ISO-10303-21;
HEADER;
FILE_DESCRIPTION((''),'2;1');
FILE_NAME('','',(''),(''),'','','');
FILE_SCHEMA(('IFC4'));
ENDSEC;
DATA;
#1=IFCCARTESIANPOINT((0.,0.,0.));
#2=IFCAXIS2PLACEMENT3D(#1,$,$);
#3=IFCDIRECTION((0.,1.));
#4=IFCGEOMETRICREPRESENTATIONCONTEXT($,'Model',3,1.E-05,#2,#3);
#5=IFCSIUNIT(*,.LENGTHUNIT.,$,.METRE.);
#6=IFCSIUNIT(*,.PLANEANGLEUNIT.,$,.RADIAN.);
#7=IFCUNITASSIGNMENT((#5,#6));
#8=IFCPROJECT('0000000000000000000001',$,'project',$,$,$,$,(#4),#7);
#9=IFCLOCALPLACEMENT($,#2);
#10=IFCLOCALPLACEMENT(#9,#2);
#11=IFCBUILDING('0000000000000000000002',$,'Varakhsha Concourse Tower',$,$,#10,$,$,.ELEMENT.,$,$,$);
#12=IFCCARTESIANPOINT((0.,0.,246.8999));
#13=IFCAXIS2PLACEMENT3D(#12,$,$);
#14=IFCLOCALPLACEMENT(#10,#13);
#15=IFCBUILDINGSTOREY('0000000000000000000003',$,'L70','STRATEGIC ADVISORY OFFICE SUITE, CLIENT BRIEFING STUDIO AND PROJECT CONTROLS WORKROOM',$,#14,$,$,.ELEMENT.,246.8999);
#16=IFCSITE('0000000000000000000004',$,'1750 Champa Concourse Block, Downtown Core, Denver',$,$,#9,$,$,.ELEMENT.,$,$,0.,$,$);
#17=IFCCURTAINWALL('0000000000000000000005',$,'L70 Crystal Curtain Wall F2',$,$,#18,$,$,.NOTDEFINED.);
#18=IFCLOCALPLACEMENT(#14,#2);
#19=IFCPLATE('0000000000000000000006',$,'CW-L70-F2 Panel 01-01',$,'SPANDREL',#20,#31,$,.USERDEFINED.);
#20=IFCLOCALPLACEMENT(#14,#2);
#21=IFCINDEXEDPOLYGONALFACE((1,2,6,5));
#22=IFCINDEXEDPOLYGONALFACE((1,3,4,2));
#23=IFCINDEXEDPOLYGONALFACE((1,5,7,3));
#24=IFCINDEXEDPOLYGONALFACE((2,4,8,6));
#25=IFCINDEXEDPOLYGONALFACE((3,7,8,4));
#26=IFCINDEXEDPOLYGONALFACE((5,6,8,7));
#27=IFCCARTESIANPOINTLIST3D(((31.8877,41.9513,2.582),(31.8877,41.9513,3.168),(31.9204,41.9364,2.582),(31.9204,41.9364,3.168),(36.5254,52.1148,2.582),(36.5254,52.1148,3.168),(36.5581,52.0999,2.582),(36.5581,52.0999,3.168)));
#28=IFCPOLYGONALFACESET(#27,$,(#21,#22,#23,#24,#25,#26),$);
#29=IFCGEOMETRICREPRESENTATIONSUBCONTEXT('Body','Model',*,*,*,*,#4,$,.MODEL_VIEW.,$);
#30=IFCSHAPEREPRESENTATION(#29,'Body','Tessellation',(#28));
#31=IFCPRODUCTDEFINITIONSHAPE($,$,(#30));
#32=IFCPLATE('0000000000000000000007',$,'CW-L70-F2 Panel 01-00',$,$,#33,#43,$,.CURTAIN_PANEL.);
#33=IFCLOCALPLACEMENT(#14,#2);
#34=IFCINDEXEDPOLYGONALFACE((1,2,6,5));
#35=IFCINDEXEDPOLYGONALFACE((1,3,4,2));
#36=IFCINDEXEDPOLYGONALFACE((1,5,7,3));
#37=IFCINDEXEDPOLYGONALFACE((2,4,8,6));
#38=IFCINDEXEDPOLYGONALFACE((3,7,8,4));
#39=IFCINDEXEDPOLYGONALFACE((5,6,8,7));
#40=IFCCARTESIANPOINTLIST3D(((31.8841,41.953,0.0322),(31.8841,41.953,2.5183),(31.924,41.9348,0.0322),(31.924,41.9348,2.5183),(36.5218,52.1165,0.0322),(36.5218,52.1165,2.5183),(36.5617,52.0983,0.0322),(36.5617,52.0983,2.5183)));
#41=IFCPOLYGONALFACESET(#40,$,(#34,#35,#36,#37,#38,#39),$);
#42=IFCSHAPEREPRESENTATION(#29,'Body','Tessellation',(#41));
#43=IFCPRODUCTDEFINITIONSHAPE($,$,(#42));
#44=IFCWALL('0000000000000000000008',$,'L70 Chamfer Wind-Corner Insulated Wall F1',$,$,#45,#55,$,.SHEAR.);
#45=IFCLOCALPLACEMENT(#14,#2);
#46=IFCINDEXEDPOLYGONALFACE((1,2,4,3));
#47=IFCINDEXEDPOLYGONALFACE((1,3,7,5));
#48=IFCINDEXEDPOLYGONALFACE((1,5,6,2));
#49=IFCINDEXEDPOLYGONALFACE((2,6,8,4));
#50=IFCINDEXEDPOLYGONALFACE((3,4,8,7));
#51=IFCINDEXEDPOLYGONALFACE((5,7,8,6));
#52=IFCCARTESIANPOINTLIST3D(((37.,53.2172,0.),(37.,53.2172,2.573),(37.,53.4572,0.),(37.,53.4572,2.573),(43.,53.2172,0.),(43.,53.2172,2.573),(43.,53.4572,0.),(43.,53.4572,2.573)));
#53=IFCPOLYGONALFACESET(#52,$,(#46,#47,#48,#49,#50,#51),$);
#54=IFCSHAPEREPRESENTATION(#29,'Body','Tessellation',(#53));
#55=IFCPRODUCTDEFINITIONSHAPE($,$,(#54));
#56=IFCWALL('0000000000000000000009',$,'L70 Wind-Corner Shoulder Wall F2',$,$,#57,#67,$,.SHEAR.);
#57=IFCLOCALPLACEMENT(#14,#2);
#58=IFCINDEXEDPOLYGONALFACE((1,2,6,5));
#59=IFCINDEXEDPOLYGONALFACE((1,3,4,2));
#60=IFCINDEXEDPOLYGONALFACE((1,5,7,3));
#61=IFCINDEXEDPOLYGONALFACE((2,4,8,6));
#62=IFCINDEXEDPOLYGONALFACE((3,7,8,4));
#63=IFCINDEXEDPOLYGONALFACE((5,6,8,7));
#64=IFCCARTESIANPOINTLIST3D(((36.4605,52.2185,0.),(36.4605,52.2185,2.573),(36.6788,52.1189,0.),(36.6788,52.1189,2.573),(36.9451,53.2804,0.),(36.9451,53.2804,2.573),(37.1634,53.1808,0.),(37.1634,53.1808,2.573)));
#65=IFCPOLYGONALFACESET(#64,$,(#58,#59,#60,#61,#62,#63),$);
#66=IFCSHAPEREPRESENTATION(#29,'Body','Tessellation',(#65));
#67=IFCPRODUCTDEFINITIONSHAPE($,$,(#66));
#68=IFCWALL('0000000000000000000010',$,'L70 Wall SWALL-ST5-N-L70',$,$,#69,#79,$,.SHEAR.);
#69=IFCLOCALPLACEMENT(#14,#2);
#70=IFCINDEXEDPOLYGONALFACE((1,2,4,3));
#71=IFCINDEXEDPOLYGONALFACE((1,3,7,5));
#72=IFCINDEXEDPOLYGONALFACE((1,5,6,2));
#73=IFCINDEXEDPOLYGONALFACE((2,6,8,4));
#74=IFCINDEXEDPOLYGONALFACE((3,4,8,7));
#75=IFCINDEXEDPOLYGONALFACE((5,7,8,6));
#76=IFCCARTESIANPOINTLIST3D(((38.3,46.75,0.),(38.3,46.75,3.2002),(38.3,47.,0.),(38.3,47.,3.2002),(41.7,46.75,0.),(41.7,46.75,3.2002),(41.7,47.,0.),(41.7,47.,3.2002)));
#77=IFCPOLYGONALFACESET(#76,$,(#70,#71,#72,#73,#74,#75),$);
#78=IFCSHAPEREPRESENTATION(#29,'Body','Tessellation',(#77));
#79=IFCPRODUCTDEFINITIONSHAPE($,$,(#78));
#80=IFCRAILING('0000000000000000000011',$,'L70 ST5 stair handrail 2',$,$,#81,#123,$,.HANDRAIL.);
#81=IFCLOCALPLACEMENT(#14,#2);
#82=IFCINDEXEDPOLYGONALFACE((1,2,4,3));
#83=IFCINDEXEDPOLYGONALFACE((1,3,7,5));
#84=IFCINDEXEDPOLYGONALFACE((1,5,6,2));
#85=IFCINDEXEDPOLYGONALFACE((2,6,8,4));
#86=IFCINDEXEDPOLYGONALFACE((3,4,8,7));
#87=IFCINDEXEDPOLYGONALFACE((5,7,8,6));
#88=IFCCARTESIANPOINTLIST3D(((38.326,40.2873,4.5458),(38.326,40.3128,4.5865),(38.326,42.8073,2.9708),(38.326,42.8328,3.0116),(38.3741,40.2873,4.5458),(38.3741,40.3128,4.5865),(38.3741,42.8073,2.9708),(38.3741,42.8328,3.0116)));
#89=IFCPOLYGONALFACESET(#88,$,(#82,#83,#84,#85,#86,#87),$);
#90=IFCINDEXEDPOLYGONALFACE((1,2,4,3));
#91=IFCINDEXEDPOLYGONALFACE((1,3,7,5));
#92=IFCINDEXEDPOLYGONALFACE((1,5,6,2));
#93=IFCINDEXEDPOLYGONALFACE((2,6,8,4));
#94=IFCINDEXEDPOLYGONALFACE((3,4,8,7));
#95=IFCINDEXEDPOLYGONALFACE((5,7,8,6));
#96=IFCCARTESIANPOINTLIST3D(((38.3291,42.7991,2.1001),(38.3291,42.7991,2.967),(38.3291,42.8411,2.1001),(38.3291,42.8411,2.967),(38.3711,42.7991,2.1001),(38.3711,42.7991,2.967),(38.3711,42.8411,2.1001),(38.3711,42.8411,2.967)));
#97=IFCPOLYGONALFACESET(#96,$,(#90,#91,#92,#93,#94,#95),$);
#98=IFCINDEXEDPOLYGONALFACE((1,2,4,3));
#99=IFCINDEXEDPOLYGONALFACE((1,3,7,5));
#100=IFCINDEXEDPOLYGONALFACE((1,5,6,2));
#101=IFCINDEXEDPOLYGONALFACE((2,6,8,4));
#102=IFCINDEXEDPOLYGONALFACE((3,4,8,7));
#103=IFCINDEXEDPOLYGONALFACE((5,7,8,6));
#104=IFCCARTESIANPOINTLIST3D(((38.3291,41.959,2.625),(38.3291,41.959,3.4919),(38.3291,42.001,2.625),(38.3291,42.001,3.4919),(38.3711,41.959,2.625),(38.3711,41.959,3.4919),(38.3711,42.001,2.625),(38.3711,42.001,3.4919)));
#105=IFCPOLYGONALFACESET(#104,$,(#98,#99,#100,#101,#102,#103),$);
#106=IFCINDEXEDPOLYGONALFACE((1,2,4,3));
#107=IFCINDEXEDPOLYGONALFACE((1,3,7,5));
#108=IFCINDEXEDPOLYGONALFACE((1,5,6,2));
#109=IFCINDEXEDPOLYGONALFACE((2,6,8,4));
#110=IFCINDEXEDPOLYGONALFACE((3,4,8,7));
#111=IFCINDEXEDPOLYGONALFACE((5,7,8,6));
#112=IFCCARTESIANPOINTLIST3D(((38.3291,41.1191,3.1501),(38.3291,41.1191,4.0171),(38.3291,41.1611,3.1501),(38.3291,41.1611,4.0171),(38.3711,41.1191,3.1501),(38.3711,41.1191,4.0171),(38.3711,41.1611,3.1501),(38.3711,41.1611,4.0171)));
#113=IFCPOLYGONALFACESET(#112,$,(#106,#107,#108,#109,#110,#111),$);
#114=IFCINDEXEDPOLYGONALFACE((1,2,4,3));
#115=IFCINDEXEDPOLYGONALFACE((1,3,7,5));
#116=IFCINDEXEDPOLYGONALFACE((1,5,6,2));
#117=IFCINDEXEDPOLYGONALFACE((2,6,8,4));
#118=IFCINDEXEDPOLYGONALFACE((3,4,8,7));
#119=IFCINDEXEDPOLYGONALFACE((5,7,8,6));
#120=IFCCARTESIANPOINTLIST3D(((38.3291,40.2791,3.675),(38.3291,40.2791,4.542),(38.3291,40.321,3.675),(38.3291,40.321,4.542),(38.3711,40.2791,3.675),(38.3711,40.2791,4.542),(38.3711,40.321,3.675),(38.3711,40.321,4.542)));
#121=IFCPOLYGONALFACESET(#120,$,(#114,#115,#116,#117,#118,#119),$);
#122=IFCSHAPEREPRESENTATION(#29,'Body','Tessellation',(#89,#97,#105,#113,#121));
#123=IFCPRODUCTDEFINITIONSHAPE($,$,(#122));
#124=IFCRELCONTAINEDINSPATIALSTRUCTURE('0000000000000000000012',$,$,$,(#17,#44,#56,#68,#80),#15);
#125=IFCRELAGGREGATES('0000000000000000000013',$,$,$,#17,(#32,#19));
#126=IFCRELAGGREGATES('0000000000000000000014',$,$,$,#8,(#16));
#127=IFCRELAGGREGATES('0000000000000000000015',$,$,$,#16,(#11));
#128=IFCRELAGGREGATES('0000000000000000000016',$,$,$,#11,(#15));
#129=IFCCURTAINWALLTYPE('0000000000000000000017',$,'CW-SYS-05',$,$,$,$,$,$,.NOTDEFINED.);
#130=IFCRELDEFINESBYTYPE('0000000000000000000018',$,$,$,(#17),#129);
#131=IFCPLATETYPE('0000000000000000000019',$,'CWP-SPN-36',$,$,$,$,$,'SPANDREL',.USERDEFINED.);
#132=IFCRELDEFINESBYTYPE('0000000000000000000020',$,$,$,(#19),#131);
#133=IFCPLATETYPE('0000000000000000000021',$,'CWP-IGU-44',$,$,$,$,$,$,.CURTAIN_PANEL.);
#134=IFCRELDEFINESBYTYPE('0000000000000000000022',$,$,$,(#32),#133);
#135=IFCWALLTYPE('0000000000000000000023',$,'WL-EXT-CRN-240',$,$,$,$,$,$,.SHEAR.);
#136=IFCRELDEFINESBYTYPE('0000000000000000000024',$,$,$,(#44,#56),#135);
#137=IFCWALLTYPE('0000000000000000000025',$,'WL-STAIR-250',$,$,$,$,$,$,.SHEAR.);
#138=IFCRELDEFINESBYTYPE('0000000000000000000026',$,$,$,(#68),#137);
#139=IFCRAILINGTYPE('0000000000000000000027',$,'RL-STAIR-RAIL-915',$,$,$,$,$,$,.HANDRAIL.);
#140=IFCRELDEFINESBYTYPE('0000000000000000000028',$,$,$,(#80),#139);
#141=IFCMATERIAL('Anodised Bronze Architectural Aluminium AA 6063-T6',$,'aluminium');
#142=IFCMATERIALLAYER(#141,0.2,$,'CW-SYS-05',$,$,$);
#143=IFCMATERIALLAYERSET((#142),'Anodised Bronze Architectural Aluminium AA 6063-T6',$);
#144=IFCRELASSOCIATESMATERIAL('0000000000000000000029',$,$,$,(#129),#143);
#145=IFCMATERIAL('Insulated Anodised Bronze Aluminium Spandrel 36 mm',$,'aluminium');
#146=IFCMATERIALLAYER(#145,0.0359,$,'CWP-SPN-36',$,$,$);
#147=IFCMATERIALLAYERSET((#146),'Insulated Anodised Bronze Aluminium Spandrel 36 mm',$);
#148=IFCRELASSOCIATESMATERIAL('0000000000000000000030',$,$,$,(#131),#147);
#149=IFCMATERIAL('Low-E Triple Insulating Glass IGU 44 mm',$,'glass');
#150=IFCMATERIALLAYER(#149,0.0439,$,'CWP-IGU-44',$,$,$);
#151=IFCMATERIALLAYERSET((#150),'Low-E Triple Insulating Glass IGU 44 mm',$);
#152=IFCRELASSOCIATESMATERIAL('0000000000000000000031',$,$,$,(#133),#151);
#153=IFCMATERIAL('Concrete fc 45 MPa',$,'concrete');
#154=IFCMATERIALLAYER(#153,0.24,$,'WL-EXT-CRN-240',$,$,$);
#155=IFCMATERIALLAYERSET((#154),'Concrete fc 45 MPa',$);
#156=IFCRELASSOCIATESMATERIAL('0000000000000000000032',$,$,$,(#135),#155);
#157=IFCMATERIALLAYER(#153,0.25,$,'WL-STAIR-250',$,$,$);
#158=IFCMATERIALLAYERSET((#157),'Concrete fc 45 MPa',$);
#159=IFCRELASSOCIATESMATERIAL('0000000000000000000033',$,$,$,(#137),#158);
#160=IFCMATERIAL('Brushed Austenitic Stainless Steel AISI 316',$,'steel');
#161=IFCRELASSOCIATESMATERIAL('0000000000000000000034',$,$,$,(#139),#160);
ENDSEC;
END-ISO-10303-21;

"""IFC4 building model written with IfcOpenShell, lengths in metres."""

from ifc_helpers import new_model, si_unit, direction, frame, frame_2d, origin, origin_2d, place, context, subcontext, project, spatial, rectangle, extrude, source, transform, mapped, material, layer, layer_set, type_object, type_shapes, element, aggregate, save


model = new_model("IFC4")

# Units and contexts
model_context = context("Model", 3, precision=1e-05, world=origin(), true_north=direction((0.0, 1.0)))
body_context = subcontext(model_context, "Body", "Model", "MODEL_VIEW")
ifc_project = project(units=[si_unit("LENGTHUNIT", "METRE"), si_unit("PLANEANGLEUNIT", "RADIAN")], contexts=[model_context])

# Site, building, storey
site_placement = place(None, origin())
site = spatial("IfcSite", under=ifc_project, at=site_placement, Name="1750 Champa Concourse Block, Downtown Core, Denver", CompositionType="ELEMENT", RefElevation=0.0)
building_placement = place(site_placement, origin())
building = spatial("IfcBuilding", under=site, at=building_placement, Name="Varakhsha Concourse Tower", CompositionType="ELEMENT")
storey_placement = place(building_placement, frame((0.0, 0.0, 246.8999)))
storey = spatial("IfcBuildingStorey", under=building, at=storey_placement, Name="L70", Description="STRATEGIC ADVISORY OFFICE SUITE, CLIENT BRIEFING STUDIO AND PROJECT CONTROLS WORKROOM", CompositionType="ELEMENT", Elevation=246.8999)

# Curtain wall
ifc_material_1 = material(Name="Anodised Bronze Architectural Aluminium AA 6063-T6", Category="aluminium")
ifc_layer_1 = layer(ifc_material_1, 0.2, Name="CW-SYS-05")
ifc_layer_set_1 = layer_set([ifc_layer_1], Name="Anodised Bronze Architectural Aluminium AA 6063-T6")
curtain_wall_type = type_object("IfcCurtainWallType", Name="CW-SYS-05", PredefinedType="NOTDEFINED", material=ifc_layer_set_1)
curtain_wall_placement = place(storey_placement, origin())
curtain_wall = element("IfcCurtainWall", 1, at=curtain_wall_placement, inside=storey, type_object=curtain_wall_type, Name="L70 Crystal Curtain Wall F2", PredefinedType="NOTDEFINED")

# Plates
ifc_material_2 = material(Name="Insulated Anodised Bronze Aluminium Spandrel 36 mm", Category="aluminium")
ifc_layer_2 = layer(ifc_material_2, 0.0359, Name="CWP-SPN-36")
ifc_layer_set_2 = layer_set([ifc_layer_2], Name="Insulated Anodised Bronze Aluminium Spandrel 36 mm")
plate_type_1 = type_object("IfcPlateType", Name="CWP-SPN-36", ElementType="SPANDREL", PredefinedType="USERDEFINED", material=ifc_layer_set_2)
shared_shape_1 = source(origin(), body_context, "Body", "SweptSolid", [
    extrude(rectangle(XDim=11.1716, YDim=0.0359, at=origin_2d()), origin(), (0.0, 0.0, 1.0), 0.5859),
])
type_shapes(plate_type_1, [shared_shape_1])
plate_1_placement = place(storey_placement, frame((34.2229, 47.0256, 2.582), z_axis=(0.0, 0.0, 1.0), x_axis=(0.415133, 0.909761, 0.0)))
plate_1 = element("IfcPlate", 2, at=plate_1_placement, type_object=plate_type_1, Name="CW-L70-F2 Panel 01-01", ObjectType="SPANDREL", PredefinedType="USERDEFINED", context=body_context, shape_type="MappedRepresentation", body=[
    mapped(shared_shape_1, transform((0.0, 0.0, 0.0), scale=1.0)),
])
ifc_material_3 = material(Name="Low-E Triple Insulating Glass IGU 44 mm", Category="glass")
ifc_layer_3 = layer(ifc_material_3, 0.0439, Name="CWP-IGU-44")
ifc_layer_set_3 = layer_set([ifc_layer_3], Name="Low-E Triple Insulating Glass IGU 44 mm")
plate_type_2 = type_object("IfcPlateType", Name="CWP-IGU-44", PredefinedType="CURTAIN_PANEL", material=ifc_layer_set_3)
shared_shape_2 = source(origin(), body_context, "Body", "SweptSolid", [
    extrude(rectangle(XDim=11.1716, YDim=0.0439, at=origin_2d()), origin(), (0.0, 0.0, 1.0), 2.4861),
])
type_shapes(plate_type_2, [shared_shape_2])
plate_2_placement = place(storey_placement, frame((34.2229, 47.0256, 0.0322), z_axis=(0.0, 0.0, 1.0), x_axis=(0.415133, 0.909761, 0.0)))
plate_2 = element("IfcPlate", 3, at=plate_2_placement, type_object=plate_type_2, Name="CW-L70-F2 Panel 01-00", PredefinedType="CURTAIN_PANEL", context=body_context, shape_type="MappedRepresentation", body=[
    mapped(shared_shape_2, transform((0.0, 0.0, 0.0), scale=1.0)),
])
aggregate(curtain_wall, [plate_2, plate_1])

# Walls
ifc_material_4 = material(Name="Concrete fc 45 MPa", Category="concrete")
ifc_layer_4 = layer(ifc_material_4, 0.24, Name="WL-EXT-CRN-240")
ifc_layer_set_4 = layer_set([ifc_layer_4], Name="Concrete fc 45 MPa")
wall_type_1 = type_object("IfcWallType", Name="WL-EXT-CRN-240", PredefinedType="SHEAR", material=ifc_layer_set_4)
wall_1_placement = place(storey_placement, frame((37.0, 53.3372, 0.0), z_axis=(0.0, 0.0, 1.0), x_axis=(1.0, 0.0, 0.0)))
element("IfcWall", 4, at=wall_1_placement, inside=storey, type_object=wall_type_1, Name="L70 Chamfer Wind-Corner Insulated Wall F1", PredefinedType="SHEAR", context=body_context, shape_type="SweptSolid", body=[
    extrude(rectangle(XDim=6.0, YDim=0.24, at=frame_2d((3.0, 0.0))), origin(), (0.0, 0.0, 1.0), 2.573),
])
wall_2_placement = place(storey_placement, frame((37.0542, 53.2305, 0.0), z_axis=(0.0, 0.0, 1.0), x_axis=(-0.415142, -0.909757, 0.0)))
element("IfcWall", 5, at=wall_2_placement, inside=storey, type_object=wall_type_1, Name="L70 Wind-Corner Shoulder Wall F2", PredefinedType="SHEAR", context=body_context, shape_type="SweptSolid", body=[
    extrude(rectangle(XDim=1.1672, YDim=0.24, at=frame_2d((0.5835, 0.0))), origin(), (0.0, 0.0, 1.0), 2.573),
])
ifc_layer_5 = layer(ifc_material_4, 0.25, Name="WL-STAIR-250")
ifc_layer_set_5 = layer_set([ifc_layer_5], Name="Concrete fc 45 MPa")
wall_type_2 = type_object("IfcWallType", Name="WL-STAIR-250", PredefinedType="SHEAR", material=ifc_layer_set_5)
wall_3_placement = place(storey_placement, frame((38.3, 46.875, 0.0), z_axis=(0.0, 0.0, 1.0), x_axis=(1.0, 0.0, 0.0)))
element("IfcWall", 6, at=wall_3_placement, inside=storey, type_object=wall_type_2, Name="L70 Wall SWALL-ST5-N-L70", PredefinedType="SHEAR", context=body_context, shape_type="SweptSolid", body=[
    extrude(rectangle(XDim=3.3999, YDim=0.25, at=frame_2d((1.7, 0.0))), origin(), (0.0, 0.0, 1.0), 3.2002),
])

# Railing
ifc_material_5 = material(Name="Brushed Austenitic Stainless Steel AISI 316", Category="steel")
railing_type = type_object("IfcRailingType", Name="RL-STAIR-RAIL-915", PredefinedType="HANDRAIL", material=ifc_material_5)
railing_placement = place(storey_placement, frame((38.3501, 42.8201, 2.1001)))
element("IfcRailing", 7, at=railing_placement, inside=storey, type_object=railing_type, Name="L70 ST5 stair handrail 2", PredefinedType="HANDRAIL", context=body_context, shape_type="SweptSolid", body=[
    extrude(rectangle(XDim=0.0481, YDim=0.0481, at=origin_2d()), frame((0.0, 0.0, 0.8911), z_axis=(0.0, -0.848008, 0.529984), x_axis=(1.0, 0.0, 0.0)), (0.0, 0.0, 1.0), 2.9717),
    extrude(rectangle(XDim=0.042, YDim=0.042, at=origin_2d()), origin(), (0.0, 0.0, 1.0), 0.8669),
    extrude(rectangle(XDim=0.042, YDim=0.042, at=origin_2d()), frame((0.0, -0.8401, 0.5249)), (0.0, 0.0, 1.0), 0.8669),
    extrude(rectangle(XDim=0.042, YDim=0.042, at=origin_2d()), frame((0.0, -1.6799, 1.05)), (0.0, 0.0, 1.0), 0.8669),
    extrude(rectangle(XDim=0.042, YDim=0.042, at=origin_2d()), frame((0.0, -2.52, 1.575)), (0.0, 0.0, 1.0), 0.8669),
])

save(model, "model.ifc")
